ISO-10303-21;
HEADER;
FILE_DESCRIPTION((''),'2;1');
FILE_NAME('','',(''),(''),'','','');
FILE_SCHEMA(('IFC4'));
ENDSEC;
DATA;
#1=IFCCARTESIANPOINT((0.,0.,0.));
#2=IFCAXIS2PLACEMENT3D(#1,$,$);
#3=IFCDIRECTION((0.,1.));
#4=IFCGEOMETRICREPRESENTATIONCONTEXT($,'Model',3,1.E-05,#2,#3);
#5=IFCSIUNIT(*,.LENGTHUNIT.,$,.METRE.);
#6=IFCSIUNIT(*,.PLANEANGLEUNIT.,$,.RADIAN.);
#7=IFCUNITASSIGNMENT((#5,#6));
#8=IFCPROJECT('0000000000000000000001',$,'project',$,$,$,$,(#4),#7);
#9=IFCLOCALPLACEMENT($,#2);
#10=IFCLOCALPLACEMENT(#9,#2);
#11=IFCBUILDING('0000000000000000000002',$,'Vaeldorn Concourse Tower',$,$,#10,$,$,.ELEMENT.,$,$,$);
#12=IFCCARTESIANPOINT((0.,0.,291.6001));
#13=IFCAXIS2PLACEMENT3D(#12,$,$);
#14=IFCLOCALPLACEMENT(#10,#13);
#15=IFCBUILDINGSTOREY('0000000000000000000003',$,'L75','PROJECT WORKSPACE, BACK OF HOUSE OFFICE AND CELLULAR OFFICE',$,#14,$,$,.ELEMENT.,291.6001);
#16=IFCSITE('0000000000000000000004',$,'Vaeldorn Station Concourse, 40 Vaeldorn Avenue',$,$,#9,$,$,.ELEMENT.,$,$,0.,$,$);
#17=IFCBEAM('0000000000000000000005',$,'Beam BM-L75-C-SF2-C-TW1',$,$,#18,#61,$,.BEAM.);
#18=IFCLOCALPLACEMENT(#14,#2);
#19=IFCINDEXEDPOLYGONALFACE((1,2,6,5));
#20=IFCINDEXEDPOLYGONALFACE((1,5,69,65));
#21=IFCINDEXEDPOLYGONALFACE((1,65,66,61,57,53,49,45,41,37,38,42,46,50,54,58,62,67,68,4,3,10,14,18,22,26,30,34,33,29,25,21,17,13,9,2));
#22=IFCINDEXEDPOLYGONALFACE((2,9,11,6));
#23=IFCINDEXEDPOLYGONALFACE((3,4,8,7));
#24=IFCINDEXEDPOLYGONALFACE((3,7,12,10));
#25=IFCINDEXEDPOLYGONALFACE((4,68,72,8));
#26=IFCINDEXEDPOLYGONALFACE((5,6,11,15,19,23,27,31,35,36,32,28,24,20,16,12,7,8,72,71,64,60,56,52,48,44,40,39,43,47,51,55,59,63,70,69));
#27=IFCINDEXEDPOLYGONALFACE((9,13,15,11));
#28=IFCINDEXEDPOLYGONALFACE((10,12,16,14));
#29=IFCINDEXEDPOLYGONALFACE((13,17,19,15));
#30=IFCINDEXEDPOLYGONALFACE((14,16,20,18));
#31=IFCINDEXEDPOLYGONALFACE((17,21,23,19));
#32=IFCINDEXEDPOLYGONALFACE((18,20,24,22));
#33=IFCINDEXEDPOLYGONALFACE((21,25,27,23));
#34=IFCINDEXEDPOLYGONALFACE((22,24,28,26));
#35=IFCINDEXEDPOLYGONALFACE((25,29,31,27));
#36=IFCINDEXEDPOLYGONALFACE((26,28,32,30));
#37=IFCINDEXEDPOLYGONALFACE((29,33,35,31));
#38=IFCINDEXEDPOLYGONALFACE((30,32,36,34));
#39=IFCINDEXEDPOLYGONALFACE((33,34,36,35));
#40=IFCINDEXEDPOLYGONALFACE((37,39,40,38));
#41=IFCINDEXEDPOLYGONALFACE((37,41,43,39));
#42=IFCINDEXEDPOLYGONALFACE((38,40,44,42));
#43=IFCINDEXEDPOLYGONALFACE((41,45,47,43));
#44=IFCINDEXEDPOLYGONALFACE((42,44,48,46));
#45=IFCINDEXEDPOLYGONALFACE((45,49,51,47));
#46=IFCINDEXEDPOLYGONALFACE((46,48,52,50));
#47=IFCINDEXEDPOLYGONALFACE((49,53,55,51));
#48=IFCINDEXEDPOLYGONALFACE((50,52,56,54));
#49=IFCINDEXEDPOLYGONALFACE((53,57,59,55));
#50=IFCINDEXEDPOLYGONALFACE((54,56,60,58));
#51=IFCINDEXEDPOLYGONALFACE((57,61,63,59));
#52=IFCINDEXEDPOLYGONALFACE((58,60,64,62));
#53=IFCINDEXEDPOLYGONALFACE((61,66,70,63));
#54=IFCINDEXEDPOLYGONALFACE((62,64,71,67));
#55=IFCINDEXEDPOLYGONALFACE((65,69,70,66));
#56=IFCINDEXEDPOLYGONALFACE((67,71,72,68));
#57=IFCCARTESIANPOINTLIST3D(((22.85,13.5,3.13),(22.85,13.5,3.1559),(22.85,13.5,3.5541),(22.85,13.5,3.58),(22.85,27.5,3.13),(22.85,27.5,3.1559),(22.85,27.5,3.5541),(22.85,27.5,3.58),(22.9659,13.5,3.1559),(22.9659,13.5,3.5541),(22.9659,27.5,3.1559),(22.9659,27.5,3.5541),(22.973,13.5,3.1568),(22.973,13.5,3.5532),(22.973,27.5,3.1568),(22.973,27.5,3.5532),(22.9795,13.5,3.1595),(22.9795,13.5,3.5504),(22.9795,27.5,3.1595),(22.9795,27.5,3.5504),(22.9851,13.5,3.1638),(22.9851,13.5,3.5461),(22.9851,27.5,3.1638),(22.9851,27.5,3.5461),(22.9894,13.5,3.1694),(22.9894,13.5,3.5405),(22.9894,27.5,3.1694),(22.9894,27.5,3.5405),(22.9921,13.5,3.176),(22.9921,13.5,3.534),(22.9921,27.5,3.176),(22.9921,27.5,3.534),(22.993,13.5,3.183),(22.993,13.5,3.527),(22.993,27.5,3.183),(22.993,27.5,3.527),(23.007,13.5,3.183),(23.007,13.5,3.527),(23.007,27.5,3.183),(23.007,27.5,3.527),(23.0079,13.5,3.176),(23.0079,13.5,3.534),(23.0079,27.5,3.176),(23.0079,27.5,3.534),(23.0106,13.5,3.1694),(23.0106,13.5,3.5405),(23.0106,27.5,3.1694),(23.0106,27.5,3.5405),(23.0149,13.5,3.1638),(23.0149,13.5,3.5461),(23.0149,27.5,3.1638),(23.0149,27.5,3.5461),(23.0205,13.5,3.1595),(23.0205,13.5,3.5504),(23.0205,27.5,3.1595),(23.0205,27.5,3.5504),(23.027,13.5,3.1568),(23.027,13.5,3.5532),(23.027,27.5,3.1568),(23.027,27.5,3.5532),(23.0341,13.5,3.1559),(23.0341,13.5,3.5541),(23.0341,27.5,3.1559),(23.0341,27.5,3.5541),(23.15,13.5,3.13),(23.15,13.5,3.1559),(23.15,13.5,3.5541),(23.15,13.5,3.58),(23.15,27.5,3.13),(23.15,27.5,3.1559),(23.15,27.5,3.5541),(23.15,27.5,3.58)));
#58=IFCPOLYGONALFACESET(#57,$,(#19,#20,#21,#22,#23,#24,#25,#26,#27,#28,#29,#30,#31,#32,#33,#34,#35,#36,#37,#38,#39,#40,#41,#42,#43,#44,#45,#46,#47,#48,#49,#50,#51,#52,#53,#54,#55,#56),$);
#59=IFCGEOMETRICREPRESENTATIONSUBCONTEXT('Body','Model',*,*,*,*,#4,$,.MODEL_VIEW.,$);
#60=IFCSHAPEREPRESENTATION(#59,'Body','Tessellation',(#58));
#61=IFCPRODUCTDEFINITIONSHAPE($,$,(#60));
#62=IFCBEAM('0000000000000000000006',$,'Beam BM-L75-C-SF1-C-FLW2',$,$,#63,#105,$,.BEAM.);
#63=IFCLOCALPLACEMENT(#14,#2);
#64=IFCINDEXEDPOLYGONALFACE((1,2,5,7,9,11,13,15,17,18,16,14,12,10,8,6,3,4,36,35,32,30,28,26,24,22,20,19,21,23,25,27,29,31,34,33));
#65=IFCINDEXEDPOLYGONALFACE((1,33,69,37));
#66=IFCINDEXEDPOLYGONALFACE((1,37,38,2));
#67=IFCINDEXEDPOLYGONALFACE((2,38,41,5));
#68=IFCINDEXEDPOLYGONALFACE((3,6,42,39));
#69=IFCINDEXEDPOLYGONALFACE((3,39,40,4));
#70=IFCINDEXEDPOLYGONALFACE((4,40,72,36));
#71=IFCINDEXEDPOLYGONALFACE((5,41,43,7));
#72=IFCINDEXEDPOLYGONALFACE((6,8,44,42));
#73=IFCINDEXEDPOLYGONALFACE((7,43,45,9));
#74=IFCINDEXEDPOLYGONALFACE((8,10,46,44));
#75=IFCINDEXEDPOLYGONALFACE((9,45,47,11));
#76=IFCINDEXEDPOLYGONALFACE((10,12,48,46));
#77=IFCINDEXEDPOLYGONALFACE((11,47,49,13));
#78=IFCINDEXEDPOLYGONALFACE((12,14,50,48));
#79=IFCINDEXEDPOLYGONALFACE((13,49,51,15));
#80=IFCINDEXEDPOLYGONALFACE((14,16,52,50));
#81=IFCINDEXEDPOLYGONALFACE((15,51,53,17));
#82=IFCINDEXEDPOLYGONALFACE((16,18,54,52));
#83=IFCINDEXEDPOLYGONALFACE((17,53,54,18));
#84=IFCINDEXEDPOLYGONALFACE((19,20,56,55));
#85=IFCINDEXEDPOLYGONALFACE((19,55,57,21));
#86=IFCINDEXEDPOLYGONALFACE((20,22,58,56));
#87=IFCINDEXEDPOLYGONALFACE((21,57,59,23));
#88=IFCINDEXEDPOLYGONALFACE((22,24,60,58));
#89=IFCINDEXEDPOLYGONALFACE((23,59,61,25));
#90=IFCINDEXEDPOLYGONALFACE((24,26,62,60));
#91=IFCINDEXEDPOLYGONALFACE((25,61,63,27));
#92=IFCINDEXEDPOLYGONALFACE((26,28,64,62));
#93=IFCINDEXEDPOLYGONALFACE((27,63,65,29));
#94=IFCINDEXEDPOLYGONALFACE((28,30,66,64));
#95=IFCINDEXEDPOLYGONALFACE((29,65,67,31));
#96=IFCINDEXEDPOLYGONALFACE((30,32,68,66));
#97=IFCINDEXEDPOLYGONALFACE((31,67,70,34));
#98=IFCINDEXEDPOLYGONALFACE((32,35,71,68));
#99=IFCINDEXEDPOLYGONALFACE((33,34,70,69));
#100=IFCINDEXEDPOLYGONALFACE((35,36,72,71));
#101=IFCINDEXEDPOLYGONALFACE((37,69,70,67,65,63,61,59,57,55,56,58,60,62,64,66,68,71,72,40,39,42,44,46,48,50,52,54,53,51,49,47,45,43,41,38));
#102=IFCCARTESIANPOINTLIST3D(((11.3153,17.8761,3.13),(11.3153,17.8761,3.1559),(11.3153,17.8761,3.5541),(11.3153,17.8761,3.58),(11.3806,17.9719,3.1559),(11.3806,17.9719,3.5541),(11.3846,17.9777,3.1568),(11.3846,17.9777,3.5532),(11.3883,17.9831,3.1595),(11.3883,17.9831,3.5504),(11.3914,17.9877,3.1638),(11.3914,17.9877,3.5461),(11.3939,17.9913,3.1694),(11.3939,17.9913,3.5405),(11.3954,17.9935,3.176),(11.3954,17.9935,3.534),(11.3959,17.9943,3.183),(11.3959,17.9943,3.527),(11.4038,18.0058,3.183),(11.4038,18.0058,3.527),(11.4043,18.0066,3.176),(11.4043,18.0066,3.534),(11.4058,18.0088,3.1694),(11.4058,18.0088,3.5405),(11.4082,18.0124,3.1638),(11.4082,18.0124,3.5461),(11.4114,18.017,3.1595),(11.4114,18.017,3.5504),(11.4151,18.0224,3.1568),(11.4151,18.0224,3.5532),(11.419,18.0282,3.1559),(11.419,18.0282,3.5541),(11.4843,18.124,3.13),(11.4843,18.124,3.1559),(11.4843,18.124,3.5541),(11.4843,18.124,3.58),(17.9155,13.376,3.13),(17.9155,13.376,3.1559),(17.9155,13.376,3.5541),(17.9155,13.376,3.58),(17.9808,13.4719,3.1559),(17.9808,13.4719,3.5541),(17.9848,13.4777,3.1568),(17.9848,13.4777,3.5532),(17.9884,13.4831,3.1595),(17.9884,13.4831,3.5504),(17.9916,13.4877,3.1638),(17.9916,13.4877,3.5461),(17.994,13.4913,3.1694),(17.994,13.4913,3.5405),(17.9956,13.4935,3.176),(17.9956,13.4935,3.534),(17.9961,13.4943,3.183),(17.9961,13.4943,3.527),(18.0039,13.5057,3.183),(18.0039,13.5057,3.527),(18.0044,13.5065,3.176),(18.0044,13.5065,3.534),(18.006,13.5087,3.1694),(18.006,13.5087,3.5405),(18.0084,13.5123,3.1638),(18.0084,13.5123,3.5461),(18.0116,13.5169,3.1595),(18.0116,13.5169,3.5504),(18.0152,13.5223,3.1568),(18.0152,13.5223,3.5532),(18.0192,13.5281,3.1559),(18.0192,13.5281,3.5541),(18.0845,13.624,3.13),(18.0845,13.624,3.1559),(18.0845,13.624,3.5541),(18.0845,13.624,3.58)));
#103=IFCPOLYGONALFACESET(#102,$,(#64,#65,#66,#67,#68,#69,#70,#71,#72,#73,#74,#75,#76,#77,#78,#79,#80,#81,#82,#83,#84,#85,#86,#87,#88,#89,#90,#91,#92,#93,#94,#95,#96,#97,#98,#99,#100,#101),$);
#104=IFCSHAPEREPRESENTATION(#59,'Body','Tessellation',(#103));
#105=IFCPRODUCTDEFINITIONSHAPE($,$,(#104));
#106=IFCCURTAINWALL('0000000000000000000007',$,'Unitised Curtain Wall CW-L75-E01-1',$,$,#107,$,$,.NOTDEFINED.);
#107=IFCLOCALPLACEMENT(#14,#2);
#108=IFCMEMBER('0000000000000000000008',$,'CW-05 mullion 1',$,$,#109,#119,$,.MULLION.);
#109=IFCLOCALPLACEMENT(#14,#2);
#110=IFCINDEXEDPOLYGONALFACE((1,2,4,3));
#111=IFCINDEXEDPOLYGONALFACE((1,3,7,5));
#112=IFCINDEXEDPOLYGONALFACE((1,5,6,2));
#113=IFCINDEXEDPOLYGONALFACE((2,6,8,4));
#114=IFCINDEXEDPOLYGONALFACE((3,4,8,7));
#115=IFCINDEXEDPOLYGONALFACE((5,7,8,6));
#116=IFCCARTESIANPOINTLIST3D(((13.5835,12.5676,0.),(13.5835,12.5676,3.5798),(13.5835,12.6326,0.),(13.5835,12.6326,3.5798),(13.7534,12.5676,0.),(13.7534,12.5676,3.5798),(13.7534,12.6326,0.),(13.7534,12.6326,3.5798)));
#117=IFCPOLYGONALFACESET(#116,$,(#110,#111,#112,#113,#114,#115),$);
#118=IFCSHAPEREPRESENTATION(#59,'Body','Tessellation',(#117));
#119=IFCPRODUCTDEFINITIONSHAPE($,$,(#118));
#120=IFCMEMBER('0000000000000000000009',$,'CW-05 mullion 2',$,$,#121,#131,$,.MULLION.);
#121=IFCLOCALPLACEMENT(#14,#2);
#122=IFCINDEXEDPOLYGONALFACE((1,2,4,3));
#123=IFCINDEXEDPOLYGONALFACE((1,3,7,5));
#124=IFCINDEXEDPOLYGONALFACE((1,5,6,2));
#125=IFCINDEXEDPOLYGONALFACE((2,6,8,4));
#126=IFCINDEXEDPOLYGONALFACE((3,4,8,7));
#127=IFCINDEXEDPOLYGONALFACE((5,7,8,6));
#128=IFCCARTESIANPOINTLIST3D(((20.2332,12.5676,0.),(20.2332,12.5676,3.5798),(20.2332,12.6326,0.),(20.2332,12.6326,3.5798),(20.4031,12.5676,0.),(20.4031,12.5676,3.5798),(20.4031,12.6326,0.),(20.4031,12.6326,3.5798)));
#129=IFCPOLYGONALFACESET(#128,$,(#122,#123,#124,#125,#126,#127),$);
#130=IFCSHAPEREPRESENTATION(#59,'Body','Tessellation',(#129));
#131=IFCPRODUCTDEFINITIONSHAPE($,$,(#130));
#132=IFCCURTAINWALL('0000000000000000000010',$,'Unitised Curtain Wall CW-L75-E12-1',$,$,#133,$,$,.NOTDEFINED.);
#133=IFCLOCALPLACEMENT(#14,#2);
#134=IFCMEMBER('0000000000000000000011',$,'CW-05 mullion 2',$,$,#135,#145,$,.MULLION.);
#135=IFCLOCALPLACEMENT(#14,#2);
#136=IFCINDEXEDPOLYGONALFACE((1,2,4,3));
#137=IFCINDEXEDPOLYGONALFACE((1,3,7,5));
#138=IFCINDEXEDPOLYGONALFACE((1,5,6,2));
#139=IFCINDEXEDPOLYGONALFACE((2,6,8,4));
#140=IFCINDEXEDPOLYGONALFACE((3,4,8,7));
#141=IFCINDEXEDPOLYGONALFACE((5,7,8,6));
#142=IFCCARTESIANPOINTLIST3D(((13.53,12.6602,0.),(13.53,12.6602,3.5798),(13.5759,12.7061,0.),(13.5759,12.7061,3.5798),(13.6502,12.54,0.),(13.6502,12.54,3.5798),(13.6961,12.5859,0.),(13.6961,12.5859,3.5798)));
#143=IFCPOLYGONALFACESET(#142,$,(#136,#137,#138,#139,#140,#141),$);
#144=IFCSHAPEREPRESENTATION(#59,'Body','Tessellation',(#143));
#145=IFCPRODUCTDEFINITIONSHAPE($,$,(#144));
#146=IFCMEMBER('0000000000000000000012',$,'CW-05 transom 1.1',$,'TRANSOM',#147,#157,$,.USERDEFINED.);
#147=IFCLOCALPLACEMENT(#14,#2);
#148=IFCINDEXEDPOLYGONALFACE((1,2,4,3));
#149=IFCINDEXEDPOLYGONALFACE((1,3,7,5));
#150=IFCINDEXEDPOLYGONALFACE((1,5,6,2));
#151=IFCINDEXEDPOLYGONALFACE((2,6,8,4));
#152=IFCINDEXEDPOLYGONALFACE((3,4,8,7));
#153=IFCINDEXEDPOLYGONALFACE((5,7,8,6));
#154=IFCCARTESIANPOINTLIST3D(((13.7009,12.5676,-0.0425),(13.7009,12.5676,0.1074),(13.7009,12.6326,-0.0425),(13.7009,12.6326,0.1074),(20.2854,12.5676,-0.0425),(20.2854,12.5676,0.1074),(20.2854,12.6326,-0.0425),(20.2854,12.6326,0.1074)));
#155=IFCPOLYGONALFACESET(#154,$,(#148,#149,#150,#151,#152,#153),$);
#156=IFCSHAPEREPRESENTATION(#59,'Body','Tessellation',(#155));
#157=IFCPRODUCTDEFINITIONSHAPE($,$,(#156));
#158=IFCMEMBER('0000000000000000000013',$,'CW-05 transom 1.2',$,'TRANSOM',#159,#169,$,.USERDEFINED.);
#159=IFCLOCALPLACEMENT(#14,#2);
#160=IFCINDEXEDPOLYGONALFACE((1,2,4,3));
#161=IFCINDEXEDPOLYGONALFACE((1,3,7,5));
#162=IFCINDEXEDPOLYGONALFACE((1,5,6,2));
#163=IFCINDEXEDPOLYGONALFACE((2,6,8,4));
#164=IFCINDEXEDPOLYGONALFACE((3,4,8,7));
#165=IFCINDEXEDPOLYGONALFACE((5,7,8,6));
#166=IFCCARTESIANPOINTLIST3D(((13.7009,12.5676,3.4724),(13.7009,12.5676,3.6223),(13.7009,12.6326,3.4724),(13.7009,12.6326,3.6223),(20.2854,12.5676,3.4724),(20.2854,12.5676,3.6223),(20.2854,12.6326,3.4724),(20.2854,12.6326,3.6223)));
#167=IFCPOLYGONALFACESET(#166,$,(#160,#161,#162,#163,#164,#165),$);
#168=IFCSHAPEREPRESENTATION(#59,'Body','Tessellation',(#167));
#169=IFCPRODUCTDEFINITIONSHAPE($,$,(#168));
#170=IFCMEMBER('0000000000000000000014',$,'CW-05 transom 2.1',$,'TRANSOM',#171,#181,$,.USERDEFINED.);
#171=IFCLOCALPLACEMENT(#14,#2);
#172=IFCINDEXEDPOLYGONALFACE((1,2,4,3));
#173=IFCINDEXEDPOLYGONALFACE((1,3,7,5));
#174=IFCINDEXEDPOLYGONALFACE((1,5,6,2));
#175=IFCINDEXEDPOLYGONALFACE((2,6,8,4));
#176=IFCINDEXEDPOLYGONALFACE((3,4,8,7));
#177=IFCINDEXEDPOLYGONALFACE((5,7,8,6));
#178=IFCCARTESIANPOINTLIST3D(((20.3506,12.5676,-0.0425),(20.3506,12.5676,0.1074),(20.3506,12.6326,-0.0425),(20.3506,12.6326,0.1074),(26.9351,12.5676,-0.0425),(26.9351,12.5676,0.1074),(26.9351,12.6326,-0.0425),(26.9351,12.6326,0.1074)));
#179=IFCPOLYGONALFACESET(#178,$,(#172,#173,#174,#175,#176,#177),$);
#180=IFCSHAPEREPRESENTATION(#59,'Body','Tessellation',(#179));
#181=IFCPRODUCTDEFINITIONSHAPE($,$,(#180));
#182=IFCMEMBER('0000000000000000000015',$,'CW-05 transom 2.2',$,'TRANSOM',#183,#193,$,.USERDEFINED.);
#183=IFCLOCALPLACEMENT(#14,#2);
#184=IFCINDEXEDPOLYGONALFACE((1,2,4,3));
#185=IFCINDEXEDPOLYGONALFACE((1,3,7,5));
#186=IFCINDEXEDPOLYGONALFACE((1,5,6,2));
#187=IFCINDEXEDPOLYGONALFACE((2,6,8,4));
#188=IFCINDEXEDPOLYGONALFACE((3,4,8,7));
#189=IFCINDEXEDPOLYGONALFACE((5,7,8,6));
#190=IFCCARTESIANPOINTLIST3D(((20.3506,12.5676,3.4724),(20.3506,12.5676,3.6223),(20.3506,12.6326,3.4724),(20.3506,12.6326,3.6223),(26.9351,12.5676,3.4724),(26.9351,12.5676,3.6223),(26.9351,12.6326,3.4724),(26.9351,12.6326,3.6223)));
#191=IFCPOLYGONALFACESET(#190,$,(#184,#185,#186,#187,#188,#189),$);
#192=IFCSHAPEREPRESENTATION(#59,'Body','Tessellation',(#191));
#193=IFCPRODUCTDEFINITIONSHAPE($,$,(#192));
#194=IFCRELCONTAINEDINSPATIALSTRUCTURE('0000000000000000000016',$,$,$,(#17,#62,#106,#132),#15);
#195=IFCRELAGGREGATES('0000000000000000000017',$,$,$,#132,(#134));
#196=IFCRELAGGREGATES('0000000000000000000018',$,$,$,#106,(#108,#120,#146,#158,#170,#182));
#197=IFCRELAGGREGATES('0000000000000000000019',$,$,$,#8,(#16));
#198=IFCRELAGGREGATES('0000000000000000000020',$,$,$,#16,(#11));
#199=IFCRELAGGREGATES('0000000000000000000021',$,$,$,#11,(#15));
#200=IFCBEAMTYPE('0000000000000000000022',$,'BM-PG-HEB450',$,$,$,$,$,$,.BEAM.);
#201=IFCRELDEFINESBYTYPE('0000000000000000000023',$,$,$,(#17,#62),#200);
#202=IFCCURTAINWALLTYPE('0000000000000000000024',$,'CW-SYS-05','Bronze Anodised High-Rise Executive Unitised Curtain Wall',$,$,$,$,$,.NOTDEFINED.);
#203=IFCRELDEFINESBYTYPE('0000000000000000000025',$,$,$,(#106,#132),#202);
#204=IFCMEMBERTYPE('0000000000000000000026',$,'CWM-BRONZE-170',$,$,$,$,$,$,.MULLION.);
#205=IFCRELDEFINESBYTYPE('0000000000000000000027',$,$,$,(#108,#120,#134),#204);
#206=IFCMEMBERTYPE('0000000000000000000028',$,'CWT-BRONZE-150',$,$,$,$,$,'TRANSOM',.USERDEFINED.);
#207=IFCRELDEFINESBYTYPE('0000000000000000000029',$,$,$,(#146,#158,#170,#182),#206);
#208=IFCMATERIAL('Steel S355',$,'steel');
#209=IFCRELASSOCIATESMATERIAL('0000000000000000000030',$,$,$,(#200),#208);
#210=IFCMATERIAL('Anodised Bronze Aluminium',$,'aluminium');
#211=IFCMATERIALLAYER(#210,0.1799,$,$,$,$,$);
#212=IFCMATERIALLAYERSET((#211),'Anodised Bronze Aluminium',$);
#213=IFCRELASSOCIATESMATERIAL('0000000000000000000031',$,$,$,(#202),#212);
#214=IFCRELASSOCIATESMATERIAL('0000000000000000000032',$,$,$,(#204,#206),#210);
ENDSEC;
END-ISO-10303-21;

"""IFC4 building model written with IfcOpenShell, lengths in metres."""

from ifc_helpers import new_model, si_unit, direction, frame, origin, origin_2d, place, context, subcontext, project, spatial, rectangle, i_section, extrude, source, transform, mapped, material, layer, layer_set, material_profile, profile_set, type_object, element, aggregate, save


model = new_model("IFC4")

# Units and contexts
model_context = context("Model", 3, precision=1e-05, world=origin(), true_north=direction((0.0, 1.0)))
body_context = subcontext(model_context, "Body", "Model", "MODEL_VIEW")
ifc_project = project(units=[si_unit("LENGTHUNIT", "METRE"), si_unit("PLANEANGLEUNIT", "RADIAN")], contexts=[model_context])

# Site, building, storey
site_placement = place(None, origin())
site = spatial("IfcSite", under=ifc_project, at=site_placement, Name="Vaeldorn Station Concourse, 40 Vaeldorn Avenue", CompositionType="ELEMENT", RefElevation=0.0)
building_placement = place(site_placement, origin())
building = spatial("IfcBuilding", under=site, at=building_placement, Name="Vaeldorn Concourse Tower", CompositionType="ELEMENT")
storey_placement = place(building_placement, frame((0.0, 0.0, 291.6001)))
storey = spatial("IfcBuildingStorey", under=building, at=storey_placement, Name="L75", Description="PROJECT WORKSPACE, BACK OF HOUSE OFFICE AND CELLULAR OFFICE", CompositionType="ELEMENT", Elevation=291.6001)

# Shared definitions
ifc_material_1 = material(Name="Steel S355", Category="steel")

# Beams
ifc_material_profile_1 = material_profile(ifc_material_1, i_section(OverallWidth=0.3, OverallDepth=0.45, WebThickness=0.0139, FlangeThickness=0.0259, FilletRadius=0.0271, at=origin_2d()), Name="HEB 450")
ifc_profile_set_1 = profile_set([ifc_material_profile_1], Name="Steel S355")
beam_type_1 = type_object("IfcBeamType", Name="BM-PG-HEB450", PredefinedType="BEAM", material=ifc_profile_set_1)
shared_shape_1 = source(origin(), body_context, "Body", "SweptSolid", [
    extrude(i_section(OverallWidth=0.3, OverallDepth=0.45, WebThickness=0.0139, FlangeThickness=0.0259, FilletRadius=0.0271, at=origin_2d()), origin(), (0.0, 0.0, 1.0), 14.0),
])
beam_1_placement = place(storey_placement, frame((23.0, 13.5, 3.355), z_axis=(0.0, 1.0, 0.0), x_axis=(-1.0, 0.0, 0.0)))
element("IfcBeam", 1, at=beam_1_placement, inside=storey, type_object=beam_type_1, Name="Beam BM-L75-C-SF2-C-TW1", PredefinedType="BEAM", context=body_context, shape_type="MappedRepresentation", body=[
    mapped(shared_shape_1, transform((0.0, 0.0, 0.0), scale=1.0)),
])
shared_shape_2 = source(origin(), body_context, "Body", "SweptSolid", [
    extrude(i_section(OverallWidth=0.3, OverallDepth=0.45, WebThickness=0.0139, FlangeThickness=0.0259, FilletRadius=0.0271, at=origin_2d()), origin(), (0.0, 0.0, 1.0), 7.9883),
])
beam_2_placement = place(storey_placement, frame((18.0, 13.5, 3.355), z_axis=(-0.826231, 0.563331, 0.0), x_axis=(-0.563331, -0.826231, 0.0)))
element("IfcBeam", 2, at=beam_2_placement, inside=storey, type_object=beam_type_1, Name="Beam BM-L75-C-SF1-C-FLW2", PredefinedType="BEAM", context=body_context, shape_type="MappedRepresentation", body=[
    mapped(shared_shape_2, transform((0.0, 0.0, 0.0), scale=1.0)),
])

# Curtain wall, members
ifc_material_2 = material(Name="Anodised Bronze Aluminium", Category="aluminium")
ifc_layer_1 = layer(ifc_material_2, 0.1799)
ifc_layer_set_1 = layer_set([ifc_layer_1], Name="Anodised Bronze Aluminium")
curtain_wall_type = type_object("IfcCurtainWallType", Name="CW-SYS-05", Description="Bronze Anodised High-Rise Executive Unitised Curtain Wall", PredefinedType="NOTDEFINED", material=ifc_layer_set_1)
curtain_wall_1_placement = place(storey_placement, origin())
curtain_wall_1 = element("IfcCurtainWall", 3, at=curtain_wall_1_placement, inside=storey, type_object=curtain_wall_type, Name="Unitised Curtain Wall CW-L75-E01-1", PredefinedType="NOTDEFINED")
ifc_material_profile_2 = material_profile(ifc_material_2, rectangle(XDim=0.0649, YDim=0.1699, at=origin_2d()), Name="CWM 65x170")
ifc_profile_set_2 = profile_set([ifc_material_profile_2], Name="Anodised Bronze Aluminium")
member_type_1 = type_object("IfcMemberType", Name="CWM-BRONZE-170", PredefinedType="MULLION", material=ifc_profile_set_2)
shared_shape_3 = source(origin(), body_context, "Body", "SweptSolid", [
    extrude(rectangle(XDim=0.0649, YDim=0.1699, at=origin_2d()), origin(), (0.0, 0.0, 1.0), 3.5798),
])
member_1_placement = place(storey_placement, frame((13.6685, 12.6001, 0.0), z_axis=(0.0, 0.0, 1.0), x_axis=(0.0, 1.0, 0.0)))
member_1 = element("IfcMember", 4, at=member_1_placement, type_object=member_type_1, Name="CW-05 mullion 1", PredefinedType="MULLION", context=body_context, shape_type="MappedRepresentation", body=[
    mapped(shared_shape_3, transform((0.0, 0.0, 0.0), scale=1.0)),
])
member_2_placement = place(storey_placement, frame((20.3181, 12.6001, 0.0), z_axis=(0.0, 0.0, 1.0), x_axis=(0.0, 1.0, 0.0)))
member_2 = element("IfcMember", 5, at=member_2_placement, type_object=member_type_1, Name="CW-05 mullion 2", PredefinedType="MULLION", context=body_context, shape_type="MappedRepresentation", body=[
    mapped(shared_shape_3, transform((0.0, 0.0, 0.0), scale=1.0)),
])

# Curtain wall, member
curtain_wall_2_placement = place(storey_placement, origin())
curtain_wall_2 = element("IfcCurtainWall", 6, at=curtain_wall_2_placement, inside=storey, type_object=curtain_wall_type, Name="Unitised Curtain Wall CW-L75-E12-1", PredefinedType="NOTDEFINED")
member_3_placement = place(storey_placement, frame((13.613, 12.623, 0.0), z_axis=(0.0, 0.0, 1.0), x_axis=(0.707107, 0.707107, 0.0)))
member_3 = element("IfcMember", 7, at=member_3_placement, type_object=member_type_1, Name="CW-05 mullion 2", PredefinedType="MULLION", context=body_context, shape_type="MappedRepresentation", body=[
    mapped(shared_shape_3, transform((0.0, 0.0, 0.0), scale=1.0)),
])

# Members
ifc_material_profile_3 = material_profile(ifc_material_2, rectangle(XDim=0.0649, YDim=0.1499, at=origin_2d()), Name="CWT 65x150")
ifc_profile_set_3 = profile_set([ifc_material_profile_3], Name="Anodised Bronze Aluminium")
member_type_2 = type_object("IfcMemberType", Name="CWT-BRONZE-150", ElementType="TRANSOM", PredefinedType="USERDEFINED", material=ifc_profile_set_3)
shared_shape_4 = source(origin(), body_context, "Body", "SweptSolid", [
    extrude(rectangle(XDim=0.0649, YDim=0.1499, at=origin_2d()), origin(), (0.0, 0.0, 1.0), 6.5845),
])
member_4_placement = place(storey_placement, frame((13.7009, 12.6001, 0.0325), z_axis=(1.0, 0.0, 0.0), x_axis=(0.0, 1.0, 0.0)))
member_4 = element("IfcMember", 8, at=member_4_placement, type_object=member_type_2, Name="CW-05 transom 1.1", ObjectType="TRANSOM", PredefinedType="USERDEFINED", context=body_context, shape_type="MappedRepresentation", body=[
    mapped(shared_shape_4, transform((0.0, 0.0, 0.0), scale=1.0)),
])
member_5_placement = place(storey_placement, frame((13.7009, 12.6001, 3.5474), z_axis=(1.0, 0.0, 0.0), x_axis=(0.0, 1.0, 0.0)))
member_5 = element("IfcMember", 9, at=member_5_placement, type_object=member_type_2, Name="CW-05 transom 1.2", ObjectType="TRANSOM", PredefinedType="USERDEFINED", context=body_context, shape_type="MappedRepresentation", body=[
    mapped(shared_shape_4, transform((0.0, 0.0, 0.0), scale=1.0)),
])
member_6_placement = place(storey_placement, frame((20.3506, 12.6001, 0.0325), z_axis=(1.0, 0.0, 0.0), x_axis=(0.0, 1.0, 0.0)))
member_6 = element("IfcMember", 10, at=member_6_placement, type_object=member_type_2, Name="CW-05 transom 2.1", ObjectType="TRANSOM", PredefinedType="USERDEFINED", context=body_context, shape_type="MappedRepresentation", body=[
    mapped(shared_shape_4, transform((0.0, 0.0, 0.0), scale=1.0)),
])
member_7_placement = place(storey_placement, frame((20.3506, 12.6001, 3.5474), z_axis=(1.0, 0.0, 0.0), x_axis=(0.0, 1.0, 0.0)))
member_7 = element("IfcMember", 11, at=member_7_placement, type_object=member_type_2, Name="CW-05 transom 2.2", ObjectType="TRANSOM", PredefinedType="USERDEFINED", context=body_context, shape_type="MappedRepresentation", body=[
    mapped(shared_shape_4, transform((0.0, 0.0, 0.0), scale=1.0)),
])

aggregate(curtain_wall_2, [member_3])
aggregate(curtain_wall_1, [member_1, member_2, member_4, member_5, member_6, member_7])

save(model, "model.ifc")
